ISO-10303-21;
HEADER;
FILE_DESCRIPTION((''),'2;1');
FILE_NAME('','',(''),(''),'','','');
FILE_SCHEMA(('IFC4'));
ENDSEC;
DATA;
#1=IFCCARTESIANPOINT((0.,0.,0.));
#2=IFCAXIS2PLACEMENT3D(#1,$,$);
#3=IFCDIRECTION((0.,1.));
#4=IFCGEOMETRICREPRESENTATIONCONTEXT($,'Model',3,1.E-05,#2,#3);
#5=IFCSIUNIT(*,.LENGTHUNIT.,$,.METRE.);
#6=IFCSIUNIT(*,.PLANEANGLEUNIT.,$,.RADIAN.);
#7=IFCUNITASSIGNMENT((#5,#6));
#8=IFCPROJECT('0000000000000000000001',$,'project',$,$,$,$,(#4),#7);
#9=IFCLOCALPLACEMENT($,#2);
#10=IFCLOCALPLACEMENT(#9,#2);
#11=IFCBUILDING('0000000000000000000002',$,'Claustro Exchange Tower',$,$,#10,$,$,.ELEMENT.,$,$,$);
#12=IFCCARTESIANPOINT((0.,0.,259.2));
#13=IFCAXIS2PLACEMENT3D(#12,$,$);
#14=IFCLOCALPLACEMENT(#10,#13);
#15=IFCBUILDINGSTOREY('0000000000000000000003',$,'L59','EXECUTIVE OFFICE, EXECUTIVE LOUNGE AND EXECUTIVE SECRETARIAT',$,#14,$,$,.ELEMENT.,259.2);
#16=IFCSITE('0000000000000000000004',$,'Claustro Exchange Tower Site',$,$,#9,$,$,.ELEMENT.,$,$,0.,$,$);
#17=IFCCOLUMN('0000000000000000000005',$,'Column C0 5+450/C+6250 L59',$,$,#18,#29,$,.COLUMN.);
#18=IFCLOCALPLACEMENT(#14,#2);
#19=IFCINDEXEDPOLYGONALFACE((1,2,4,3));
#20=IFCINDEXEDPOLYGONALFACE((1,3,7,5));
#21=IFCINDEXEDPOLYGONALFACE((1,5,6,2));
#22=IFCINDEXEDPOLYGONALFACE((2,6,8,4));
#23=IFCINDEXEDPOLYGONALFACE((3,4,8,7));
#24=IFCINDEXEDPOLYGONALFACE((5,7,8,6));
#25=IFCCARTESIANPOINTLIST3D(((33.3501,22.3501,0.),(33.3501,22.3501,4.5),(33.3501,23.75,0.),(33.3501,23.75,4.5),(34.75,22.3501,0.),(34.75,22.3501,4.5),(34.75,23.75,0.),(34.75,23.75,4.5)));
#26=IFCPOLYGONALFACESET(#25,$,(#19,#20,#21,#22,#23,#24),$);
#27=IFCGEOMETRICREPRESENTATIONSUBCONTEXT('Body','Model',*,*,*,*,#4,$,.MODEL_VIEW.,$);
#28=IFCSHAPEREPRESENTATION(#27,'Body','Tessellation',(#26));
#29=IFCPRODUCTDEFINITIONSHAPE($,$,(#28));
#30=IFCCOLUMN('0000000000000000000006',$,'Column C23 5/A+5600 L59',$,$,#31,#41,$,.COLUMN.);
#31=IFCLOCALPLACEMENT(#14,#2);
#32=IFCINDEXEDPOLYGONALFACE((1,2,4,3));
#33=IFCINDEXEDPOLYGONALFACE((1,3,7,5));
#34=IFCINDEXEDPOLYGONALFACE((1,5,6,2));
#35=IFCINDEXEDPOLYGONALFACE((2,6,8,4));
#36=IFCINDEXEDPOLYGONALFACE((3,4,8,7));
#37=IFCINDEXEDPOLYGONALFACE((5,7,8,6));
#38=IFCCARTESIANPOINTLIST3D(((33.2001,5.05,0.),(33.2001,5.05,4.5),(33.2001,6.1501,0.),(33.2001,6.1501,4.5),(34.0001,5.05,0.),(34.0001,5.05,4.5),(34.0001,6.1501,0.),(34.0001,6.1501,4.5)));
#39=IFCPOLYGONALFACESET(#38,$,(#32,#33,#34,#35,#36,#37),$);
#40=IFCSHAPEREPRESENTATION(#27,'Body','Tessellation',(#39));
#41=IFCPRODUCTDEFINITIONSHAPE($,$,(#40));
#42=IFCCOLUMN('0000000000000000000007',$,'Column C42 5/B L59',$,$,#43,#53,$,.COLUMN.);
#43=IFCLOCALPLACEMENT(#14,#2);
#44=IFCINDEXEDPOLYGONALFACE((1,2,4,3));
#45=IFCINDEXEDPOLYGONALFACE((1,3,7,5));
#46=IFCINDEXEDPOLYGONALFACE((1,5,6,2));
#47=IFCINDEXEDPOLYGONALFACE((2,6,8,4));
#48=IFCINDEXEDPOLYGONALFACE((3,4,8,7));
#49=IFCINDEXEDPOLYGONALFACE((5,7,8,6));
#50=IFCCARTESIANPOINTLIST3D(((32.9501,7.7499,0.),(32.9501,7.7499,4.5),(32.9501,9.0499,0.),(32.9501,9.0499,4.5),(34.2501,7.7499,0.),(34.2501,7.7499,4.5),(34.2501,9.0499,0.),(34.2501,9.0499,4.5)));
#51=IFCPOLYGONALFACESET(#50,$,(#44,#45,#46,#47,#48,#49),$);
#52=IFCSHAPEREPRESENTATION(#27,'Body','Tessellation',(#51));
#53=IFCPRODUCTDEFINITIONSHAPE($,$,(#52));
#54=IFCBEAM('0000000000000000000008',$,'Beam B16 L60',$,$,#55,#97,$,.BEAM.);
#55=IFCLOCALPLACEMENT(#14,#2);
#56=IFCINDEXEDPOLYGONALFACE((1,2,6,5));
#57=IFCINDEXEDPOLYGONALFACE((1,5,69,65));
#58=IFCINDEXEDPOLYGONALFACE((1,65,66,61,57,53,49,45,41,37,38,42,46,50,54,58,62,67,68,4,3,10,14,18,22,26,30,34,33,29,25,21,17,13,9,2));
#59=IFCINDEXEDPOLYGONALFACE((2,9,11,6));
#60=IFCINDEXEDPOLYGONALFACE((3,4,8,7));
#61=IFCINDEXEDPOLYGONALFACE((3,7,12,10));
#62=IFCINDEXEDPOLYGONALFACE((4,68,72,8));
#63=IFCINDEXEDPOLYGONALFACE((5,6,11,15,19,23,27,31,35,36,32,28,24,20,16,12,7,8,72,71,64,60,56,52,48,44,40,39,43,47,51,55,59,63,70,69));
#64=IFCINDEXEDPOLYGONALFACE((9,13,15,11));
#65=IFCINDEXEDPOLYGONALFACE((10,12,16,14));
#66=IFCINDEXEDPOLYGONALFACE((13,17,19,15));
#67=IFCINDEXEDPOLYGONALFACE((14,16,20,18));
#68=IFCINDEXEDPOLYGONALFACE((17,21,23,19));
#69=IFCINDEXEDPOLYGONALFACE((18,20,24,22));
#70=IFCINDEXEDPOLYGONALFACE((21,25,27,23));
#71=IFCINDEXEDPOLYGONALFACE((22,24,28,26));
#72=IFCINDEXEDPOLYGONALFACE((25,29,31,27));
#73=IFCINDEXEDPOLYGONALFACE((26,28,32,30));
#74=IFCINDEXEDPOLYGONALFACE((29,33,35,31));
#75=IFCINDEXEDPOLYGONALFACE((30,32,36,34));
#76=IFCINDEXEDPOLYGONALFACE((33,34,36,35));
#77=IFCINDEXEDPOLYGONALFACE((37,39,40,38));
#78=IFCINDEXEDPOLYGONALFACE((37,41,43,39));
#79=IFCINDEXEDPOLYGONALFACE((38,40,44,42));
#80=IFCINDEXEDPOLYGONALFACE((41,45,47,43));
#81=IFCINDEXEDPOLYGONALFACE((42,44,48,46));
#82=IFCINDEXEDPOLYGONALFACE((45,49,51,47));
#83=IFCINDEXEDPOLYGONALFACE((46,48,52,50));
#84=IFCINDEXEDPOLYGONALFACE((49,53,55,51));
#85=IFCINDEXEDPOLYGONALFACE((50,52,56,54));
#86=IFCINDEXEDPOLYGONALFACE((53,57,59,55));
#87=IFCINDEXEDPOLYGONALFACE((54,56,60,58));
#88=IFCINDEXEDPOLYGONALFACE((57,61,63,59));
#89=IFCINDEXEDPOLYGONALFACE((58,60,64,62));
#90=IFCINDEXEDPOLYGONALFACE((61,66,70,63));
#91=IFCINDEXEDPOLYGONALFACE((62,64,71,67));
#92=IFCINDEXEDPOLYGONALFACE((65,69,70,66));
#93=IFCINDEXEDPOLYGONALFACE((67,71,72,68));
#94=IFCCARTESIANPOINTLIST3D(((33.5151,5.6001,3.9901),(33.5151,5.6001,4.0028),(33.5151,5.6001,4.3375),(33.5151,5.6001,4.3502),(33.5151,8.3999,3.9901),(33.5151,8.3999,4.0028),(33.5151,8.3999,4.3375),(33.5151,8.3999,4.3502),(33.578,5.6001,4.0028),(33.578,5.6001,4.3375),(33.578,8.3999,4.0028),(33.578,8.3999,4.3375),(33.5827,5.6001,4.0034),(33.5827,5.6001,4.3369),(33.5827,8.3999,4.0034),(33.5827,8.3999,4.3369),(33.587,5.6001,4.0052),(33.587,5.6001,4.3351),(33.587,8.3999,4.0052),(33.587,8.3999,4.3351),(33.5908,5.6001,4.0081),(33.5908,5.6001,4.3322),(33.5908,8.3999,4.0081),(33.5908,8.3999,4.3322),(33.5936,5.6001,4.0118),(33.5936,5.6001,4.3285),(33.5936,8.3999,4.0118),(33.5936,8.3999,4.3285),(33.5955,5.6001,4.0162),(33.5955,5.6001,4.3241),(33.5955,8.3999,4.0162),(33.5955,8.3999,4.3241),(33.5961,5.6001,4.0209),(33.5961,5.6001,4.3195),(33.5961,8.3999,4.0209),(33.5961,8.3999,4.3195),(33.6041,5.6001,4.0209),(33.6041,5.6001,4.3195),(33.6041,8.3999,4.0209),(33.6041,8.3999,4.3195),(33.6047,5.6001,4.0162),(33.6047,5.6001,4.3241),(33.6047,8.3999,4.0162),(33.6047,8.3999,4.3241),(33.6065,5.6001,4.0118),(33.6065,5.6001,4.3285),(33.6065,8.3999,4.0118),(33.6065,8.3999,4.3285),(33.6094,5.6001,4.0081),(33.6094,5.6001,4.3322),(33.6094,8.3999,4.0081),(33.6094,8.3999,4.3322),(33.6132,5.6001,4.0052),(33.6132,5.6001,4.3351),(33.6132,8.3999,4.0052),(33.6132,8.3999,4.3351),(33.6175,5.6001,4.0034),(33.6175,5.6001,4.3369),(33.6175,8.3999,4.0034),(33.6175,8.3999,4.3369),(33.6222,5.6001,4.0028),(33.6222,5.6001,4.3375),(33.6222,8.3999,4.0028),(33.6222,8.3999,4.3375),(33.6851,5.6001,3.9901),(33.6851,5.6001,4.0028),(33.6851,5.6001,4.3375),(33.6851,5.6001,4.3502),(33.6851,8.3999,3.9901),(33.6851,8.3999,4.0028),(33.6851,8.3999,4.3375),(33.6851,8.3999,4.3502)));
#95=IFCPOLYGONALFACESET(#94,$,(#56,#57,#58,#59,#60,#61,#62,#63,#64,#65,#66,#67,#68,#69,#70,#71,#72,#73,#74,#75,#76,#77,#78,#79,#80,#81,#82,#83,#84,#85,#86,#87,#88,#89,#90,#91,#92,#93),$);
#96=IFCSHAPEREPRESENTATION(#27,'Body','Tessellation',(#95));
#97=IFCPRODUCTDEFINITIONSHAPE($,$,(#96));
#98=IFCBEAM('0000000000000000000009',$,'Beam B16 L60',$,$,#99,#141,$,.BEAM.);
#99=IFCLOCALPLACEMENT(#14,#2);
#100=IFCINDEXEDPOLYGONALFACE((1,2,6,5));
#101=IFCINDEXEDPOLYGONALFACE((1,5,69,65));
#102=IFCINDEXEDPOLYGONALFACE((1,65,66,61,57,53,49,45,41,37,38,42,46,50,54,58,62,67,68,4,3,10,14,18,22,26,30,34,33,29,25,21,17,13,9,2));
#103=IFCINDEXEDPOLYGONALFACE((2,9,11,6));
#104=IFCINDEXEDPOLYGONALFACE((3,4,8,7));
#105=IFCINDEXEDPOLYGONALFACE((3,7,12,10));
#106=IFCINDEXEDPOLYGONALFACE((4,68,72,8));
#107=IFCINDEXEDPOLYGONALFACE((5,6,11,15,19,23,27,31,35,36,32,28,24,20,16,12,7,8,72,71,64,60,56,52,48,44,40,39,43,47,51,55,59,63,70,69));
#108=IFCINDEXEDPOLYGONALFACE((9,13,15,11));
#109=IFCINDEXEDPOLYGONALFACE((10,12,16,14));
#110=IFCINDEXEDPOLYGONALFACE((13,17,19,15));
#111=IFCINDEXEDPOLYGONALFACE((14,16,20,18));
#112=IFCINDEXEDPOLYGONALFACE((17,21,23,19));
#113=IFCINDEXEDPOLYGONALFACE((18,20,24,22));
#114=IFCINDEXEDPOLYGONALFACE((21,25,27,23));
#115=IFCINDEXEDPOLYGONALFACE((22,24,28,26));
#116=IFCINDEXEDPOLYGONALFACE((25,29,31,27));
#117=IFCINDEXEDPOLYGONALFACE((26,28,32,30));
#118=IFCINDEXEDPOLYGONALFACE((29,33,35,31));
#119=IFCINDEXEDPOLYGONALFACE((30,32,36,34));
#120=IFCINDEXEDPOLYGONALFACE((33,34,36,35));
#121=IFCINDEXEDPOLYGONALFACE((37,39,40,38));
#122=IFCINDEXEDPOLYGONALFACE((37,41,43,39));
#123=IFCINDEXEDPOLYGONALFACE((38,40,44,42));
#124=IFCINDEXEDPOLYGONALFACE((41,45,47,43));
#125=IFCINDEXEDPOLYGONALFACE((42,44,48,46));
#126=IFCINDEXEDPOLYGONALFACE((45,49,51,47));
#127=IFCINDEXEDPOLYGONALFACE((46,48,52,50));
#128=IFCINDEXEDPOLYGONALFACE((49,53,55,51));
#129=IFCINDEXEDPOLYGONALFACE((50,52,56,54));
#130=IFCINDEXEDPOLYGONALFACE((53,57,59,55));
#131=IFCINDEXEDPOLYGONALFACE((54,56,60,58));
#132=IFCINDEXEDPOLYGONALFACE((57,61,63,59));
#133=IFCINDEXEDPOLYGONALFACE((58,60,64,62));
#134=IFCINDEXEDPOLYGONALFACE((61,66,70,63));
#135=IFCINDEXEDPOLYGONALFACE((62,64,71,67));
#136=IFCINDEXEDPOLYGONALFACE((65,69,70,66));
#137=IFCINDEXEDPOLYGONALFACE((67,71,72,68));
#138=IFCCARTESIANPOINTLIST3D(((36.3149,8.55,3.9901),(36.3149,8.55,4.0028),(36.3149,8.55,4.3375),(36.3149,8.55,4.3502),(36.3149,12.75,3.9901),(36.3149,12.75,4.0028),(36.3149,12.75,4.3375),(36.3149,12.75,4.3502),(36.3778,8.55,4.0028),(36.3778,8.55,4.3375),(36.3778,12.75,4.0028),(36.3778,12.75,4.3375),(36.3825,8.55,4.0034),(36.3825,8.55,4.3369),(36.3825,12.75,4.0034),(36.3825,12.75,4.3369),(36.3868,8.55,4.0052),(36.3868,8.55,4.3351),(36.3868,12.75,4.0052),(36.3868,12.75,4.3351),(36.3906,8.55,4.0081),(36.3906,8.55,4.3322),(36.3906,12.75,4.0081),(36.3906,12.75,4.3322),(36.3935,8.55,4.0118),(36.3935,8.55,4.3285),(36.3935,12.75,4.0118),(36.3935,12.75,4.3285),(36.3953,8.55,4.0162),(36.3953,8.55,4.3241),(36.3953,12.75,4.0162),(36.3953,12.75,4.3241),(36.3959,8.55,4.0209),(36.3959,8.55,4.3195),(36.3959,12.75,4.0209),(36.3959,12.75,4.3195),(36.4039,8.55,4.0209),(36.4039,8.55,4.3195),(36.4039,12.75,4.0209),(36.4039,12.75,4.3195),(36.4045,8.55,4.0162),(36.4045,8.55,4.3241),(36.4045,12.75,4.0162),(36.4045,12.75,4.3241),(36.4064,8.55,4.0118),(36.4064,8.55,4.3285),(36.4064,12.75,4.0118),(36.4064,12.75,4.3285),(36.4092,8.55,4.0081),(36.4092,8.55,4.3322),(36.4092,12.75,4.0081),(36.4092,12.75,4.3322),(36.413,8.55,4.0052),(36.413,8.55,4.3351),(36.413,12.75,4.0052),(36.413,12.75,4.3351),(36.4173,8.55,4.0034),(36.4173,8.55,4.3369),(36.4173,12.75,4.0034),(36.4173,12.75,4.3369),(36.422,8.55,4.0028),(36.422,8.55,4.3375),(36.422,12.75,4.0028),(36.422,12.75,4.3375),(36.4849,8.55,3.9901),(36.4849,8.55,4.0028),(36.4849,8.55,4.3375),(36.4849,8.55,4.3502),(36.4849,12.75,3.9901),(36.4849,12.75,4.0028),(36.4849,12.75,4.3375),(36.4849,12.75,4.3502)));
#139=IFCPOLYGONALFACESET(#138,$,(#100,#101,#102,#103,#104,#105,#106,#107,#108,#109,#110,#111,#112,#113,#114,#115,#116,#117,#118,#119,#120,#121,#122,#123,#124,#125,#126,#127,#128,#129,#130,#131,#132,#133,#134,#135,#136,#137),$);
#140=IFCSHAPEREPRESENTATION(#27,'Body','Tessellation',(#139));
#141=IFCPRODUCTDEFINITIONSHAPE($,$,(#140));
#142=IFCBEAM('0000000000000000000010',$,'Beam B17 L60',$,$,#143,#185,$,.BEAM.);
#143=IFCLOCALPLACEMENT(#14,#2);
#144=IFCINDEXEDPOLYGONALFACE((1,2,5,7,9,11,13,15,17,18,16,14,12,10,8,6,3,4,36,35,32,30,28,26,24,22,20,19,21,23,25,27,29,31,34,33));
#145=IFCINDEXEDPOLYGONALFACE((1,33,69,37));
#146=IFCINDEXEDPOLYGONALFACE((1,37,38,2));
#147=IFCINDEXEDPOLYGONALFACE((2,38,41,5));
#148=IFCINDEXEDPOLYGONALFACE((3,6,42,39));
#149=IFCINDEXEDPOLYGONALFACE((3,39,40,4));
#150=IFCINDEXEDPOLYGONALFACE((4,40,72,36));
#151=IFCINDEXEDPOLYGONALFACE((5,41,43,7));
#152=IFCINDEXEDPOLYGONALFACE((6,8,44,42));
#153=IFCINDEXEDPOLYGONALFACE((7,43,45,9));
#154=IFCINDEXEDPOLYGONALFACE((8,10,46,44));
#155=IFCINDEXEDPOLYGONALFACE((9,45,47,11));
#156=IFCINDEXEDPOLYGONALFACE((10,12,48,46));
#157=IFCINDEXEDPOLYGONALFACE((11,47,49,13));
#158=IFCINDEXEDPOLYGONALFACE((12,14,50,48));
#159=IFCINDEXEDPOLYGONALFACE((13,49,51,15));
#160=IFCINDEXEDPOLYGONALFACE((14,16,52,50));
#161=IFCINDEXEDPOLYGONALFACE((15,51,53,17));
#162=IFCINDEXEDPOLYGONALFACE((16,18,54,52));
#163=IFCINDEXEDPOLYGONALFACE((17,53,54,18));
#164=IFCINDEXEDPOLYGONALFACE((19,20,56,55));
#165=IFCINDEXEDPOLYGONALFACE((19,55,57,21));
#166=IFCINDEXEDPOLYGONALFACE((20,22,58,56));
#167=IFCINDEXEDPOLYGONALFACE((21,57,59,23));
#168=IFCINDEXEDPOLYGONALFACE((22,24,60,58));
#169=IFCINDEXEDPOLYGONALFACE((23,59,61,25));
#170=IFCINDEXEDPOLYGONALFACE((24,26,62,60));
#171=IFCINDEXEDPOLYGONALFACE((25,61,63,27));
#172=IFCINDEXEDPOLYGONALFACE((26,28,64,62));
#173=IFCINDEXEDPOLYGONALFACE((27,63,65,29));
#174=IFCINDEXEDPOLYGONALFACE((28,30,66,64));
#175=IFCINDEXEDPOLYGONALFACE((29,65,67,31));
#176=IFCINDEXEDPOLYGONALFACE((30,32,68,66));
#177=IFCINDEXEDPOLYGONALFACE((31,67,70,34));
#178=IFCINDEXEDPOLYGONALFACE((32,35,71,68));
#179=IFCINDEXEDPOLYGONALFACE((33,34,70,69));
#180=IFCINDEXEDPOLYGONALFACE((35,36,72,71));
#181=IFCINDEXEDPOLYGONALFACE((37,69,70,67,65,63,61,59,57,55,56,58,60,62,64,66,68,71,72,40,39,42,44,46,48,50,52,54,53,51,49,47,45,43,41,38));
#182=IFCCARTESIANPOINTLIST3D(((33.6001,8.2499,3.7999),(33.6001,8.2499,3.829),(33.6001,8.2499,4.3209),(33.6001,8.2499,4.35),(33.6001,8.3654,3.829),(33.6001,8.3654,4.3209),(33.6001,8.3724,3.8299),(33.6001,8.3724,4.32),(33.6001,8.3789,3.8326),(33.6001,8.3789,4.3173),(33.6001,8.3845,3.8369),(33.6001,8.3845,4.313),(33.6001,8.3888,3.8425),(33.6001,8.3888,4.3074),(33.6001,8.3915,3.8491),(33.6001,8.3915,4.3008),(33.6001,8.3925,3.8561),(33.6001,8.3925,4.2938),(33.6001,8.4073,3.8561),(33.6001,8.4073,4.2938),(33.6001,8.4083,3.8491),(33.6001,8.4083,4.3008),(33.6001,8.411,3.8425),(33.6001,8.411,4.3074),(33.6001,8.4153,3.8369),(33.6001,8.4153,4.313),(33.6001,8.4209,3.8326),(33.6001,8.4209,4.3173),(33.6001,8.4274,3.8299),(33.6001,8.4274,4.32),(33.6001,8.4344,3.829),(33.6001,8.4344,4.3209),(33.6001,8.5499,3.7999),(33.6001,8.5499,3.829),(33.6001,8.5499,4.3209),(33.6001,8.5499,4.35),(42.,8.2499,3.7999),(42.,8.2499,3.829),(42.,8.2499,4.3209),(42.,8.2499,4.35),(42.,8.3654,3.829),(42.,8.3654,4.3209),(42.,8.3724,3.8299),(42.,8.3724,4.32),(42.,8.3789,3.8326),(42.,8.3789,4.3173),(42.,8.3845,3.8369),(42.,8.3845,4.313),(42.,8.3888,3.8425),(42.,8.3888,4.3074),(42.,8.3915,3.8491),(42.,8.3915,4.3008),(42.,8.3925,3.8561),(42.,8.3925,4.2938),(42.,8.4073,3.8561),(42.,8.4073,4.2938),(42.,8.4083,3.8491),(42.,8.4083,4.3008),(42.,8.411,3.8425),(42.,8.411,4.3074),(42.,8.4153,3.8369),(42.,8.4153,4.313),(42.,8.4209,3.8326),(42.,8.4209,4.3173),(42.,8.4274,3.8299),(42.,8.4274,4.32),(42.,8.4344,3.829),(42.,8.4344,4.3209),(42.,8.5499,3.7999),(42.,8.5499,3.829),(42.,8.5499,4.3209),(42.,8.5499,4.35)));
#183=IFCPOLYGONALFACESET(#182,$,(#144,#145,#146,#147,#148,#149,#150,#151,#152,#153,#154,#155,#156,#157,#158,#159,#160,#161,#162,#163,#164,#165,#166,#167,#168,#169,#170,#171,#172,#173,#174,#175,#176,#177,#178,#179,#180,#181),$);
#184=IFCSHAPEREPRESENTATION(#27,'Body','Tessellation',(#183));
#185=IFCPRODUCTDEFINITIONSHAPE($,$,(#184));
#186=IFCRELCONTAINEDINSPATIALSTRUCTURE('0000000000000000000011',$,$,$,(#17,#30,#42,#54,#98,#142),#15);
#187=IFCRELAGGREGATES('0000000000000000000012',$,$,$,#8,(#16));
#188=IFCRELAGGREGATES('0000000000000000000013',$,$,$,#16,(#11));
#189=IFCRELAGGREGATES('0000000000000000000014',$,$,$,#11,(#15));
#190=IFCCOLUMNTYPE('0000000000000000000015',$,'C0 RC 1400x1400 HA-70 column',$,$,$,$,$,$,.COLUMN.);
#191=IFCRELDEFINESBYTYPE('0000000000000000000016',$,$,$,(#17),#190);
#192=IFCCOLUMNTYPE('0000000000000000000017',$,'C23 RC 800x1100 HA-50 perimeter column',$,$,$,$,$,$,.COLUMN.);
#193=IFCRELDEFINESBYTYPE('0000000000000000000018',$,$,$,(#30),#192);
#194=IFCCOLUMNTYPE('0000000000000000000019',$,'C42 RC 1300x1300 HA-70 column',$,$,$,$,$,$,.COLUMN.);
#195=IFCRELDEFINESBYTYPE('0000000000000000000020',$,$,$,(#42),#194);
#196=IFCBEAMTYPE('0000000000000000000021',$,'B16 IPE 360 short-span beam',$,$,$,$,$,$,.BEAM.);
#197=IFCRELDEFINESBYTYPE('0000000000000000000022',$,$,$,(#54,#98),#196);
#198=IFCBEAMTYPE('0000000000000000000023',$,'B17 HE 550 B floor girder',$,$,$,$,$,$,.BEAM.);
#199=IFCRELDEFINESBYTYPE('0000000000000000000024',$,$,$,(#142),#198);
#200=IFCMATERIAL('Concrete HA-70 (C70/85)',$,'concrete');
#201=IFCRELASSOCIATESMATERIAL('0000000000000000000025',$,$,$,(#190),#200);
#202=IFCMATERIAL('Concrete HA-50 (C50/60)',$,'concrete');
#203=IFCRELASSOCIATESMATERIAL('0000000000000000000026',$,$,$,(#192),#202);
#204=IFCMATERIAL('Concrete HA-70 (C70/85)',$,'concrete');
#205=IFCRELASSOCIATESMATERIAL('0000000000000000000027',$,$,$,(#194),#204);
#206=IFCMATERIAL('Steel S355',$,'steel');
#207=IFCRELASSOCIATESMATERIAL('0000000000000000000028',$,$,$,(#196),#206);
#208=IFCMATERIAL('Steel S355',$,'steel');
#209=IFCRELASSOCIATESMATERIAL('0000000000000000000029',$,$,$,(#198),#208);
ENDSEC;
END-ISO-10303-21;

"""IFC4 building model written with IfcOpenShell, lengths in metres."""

from ifc_helpers import new_model, si_unit, direction, frame, origin, origin_2d, place, context, subcontext, project, spatial, rectangle, i_section, extrude, material, material_profile, profile_set, type_object, element, save


model = new_model("IFC4")

# Units and contexts
model_context = context("Model", 3, precision=1e-05, world=origin(), true_north=direction((0.0, 1.0)))
body_context = subcontext(model_context, "Body", "Model", "MODEL_VIEW")
ifc_project = project(units=[si_unit("LENGTHUNIT", "METRE"), si_unit("PLANEANGLEUNIT", "RADIAN")], contexts=[model_context])

# Site, building, storey
site_placement = place(None, origin())
site = spatial("IfcSite", under=ifc_project, at=site_placement, Name="Claustro Exchange Tower Site", CompositionType="ELEMENT", RefElevation=0.0)
building_placement = place(site_placement, origin())
building = spatial("IfcBuilding", under=site, at=building_placement, Name="Claustro Exchange Tower", CompositionType="ELEMENT")
storey_placement = place(building_placement, frame((0.0, 0.0, 259.2)))
storey = spatial("IfcBuildingStorey", under=building, at=storey_placement, Name="L59", Description="EXECUTIVE OFFICE, EXECUTIVE LOUNGE AND EXECUTIVE SECRETARIAT", CompositionType="ELEMENT", Elevation=259.2)

# Columns
ifc_material_1 = material(Name="Concrete HA-70 (C70/85)", Category="concrete")
ifc_material_profile_1 = material_profile(ifc_material_1, rectangle(XDim=1.3999, YDim=1.3999, at=origin_2d()), Name="RC 1400x1400")
ifc_profile_set_1 = profile_set([ifc_material_profile_1], Name="Concrete HA-70 (C70/85)")
column_type_1 = type_object("IfcColumnType", Name="C0 RC 1400x1400 HA-70 column", PredefinedType="COLUMN", material=ifc_profile_set_1)
column_1_placement = place(storey_placement, frame((34.05, 23.05, 0.0), z_axis=(0.0, 0.0, 1.0), x_axis=(1.0, 0.0, 0.0)))
element("IfcColumn", 1, at=column_1_placement, inside=storey, type_object=column_type_1, Name="Column C0 5+450/C+6250 L59", PredefinedType="COLUMN", context=body_context, shape_type="SweptSolid", body=[
    extrude(rectangle(XDim=1.3999, YDim=1.3999, at=origin_2d()), origin(), (0.0, 0.0, 1.0), 4.5),
])
ifc_material_2 = material(Name="Concrete HA-50 (C50/60)", Category="concrete")
ifc_material_profile_2 = material_profile(ifc_material_2, rectangle(XDim=0.8, YDim=1.1001, at=origin_2d()), Name="RC 800x1100")
ifc_profile_set_2 = profile_set([ifc_material_profile_2], Name="Concrete HA-50 (C50/60)")
column_type_2 = type_object("IfcColumnType", Name="C23 RC 800x1100 HA-50 perimeter column", PredefinedType="COLUMN", material=ifc_profile_set_2)
column_2_placement = place(storey_placement, frame((33.6001, 5.6001, 0.0), z_axis=(0.0, 0.0, 1.0), x_axis=(1.0, 0.0, 0.0)))
element("IfcColumn", 2, at=column_2_placement, inside=storey, type_object=column_type_2, Name="Column C23 5/A+5600 L59", PredefinedType="COLUMN", context=body_context, shape_type="SweptSolid", body=[
    extrude(rectangle(XDim=0.8, YDim=1.1001, at=origin_2d()), origin(), (0.0, 0.0, 1.0), 4.5),
])
ifc_material_3 = material(Name="Concrete HA-70 (C70/85)", Category="concrete")
ifc_material_profile_3 = material_profile(ifc_material_3, rectangle(XDim=1.3, YDim=1.3, at=origin_2d()), Name="RC 1300x1300")
ifc_profile_set_3 = profile_set([ifc_material_profile_3], Name="Concrete HA-70 (C70/85)")
column_type_3 = type_object("IfcColumnType", Name="C42 RC 1300x1300 HA-70 column", PredefinedType="COLUMN", material=ifc_profile_set_3)
column_3_placement = place(storey_placement, frame((33.6001, 8.3999, 0.0), z_axis=(0.0, 0.0, 1.0), x_axis=(1.0, 0.0, 0.0)))
element("IfcColumn", 3, at=column_3_placement, inside=storey, type_object=column_type_3, Name="Column C42 5/B L59", PredefinedType="COLUMN", context=body_context, shape_type="SweptSolid", body=[
    extrude(rectangle(XDim=1.3, YDim=1.3, at=origin_2d()), origin(), (0.0, 0.0, 1.0), 4.5),
])

# Beams
ifc_material_4 = material(Name="Steel S355", Category="steel")
ifc_material_profile_4 = material_profile(ifc_material_4, i_section(OverallWidth=0.1699, OverallDepth=0.3601, WebThickness=0.0081, FlangeThickness=0.0127, FilletRadius=0.0181, at=origin_2d()), Name="IPE 360")
ifc_profile_set_4 = profile_set([ifc_material_profile_4], Name="Steel S355")
beam_type_1 = type_object("IfcBeamType", Name="B16 IPE 360 short-span beam", PredefinedType="BEAM", material=ifc_profile_set_4)
beam_1_placement = place(storey_placement, frame((33.6001, 5.6001, 4.1702), z_axis=(0.0, 1.0, 0.0), x_axis=(-1.0, 0.0, 0.0)))
element("IfcBeam", 4, at=beam_1_placement, inside=storey, type_object=beam_type_1, Name="Beam B16 L60", PredefinedType="BEAM", context=body_context, shape_type="SweptSolid", body=[
    extrude(i_section(OverallWidth=0.1699, OverallDepth=0.3601, WebThickness=0.0081, FlangeThickness=0.0127, FilletRadius=0.0181, at=origin_2d()), origin(), (0.0, 0.0, 1.0), 2.7998),
])
beam_2_placement = place(storey_placement, frame((36.3999, 8.55, 4.1702), z_axis=(0.0, 1.0, 0.0), x_axis=(-1.0, 0.0, 0.0)))
element("IfcBeam", 5, at=beam_2_placement, inside=storey, type_object=beam_type_1, Name="Beam B16 L60", PredefinedType="BEAM", context=body_context, shape_type="SweptSolid", body=[
    extrude(i_section(OverallWidth=0.1699, OverallDepth=0.3601, WebThickness=0.0081, FlangeThickness=0.0127, FilletRadius=0.0181, at=origin_2d()), origin(), (0.0, 0.0, 1.0), 4.2),
])
ifc_material_5 = material(Name="Steel S355", Category="steel")
ifc_material_profile_5 = material_profile(ifc_material_5, i_section(OverallWidth=0.3, OverallDepth=0.55, WebThickness=0.0149, FlangeThickness=0.0291, FilletRadius=0.0271, at=origin_2d()), Name="HE 550 B")
ifc_profile_set_5 = profile_set([ifc_material_profile_5], Name="Steel S355")
beam_type_2 = type_object("IfcBeamType", Name="B17 HE 550 B floor girder", PredefinedType="BEAM", material=ifc_profile_set_5)
beam_3_placement = place(storey_placement, frame((33.6001, 8.3999, 4.075), z_axis=(1.0, 0.0, 0.0), x_axis=(0.0, 1.0, 0.0)))
element("IfcBeam", 6, at=beam_3_placement, inside=storey, type_object=beam_type_2, Name="Beam B17 L60", PredefinedType="BEAM", context=body_context, shape_type="SweptSolid", body=[
    extrude(i_section(OverallWidth=0.3, OverallDepth=0.55, WebThickness=0.0149, FlangeThickness=0.0291, FilletRadius=0.0271, at=origin_2d()), origin(), (0.0, 0.0, 1.0), 8.3999),
])

save(model, "model.ifc")
